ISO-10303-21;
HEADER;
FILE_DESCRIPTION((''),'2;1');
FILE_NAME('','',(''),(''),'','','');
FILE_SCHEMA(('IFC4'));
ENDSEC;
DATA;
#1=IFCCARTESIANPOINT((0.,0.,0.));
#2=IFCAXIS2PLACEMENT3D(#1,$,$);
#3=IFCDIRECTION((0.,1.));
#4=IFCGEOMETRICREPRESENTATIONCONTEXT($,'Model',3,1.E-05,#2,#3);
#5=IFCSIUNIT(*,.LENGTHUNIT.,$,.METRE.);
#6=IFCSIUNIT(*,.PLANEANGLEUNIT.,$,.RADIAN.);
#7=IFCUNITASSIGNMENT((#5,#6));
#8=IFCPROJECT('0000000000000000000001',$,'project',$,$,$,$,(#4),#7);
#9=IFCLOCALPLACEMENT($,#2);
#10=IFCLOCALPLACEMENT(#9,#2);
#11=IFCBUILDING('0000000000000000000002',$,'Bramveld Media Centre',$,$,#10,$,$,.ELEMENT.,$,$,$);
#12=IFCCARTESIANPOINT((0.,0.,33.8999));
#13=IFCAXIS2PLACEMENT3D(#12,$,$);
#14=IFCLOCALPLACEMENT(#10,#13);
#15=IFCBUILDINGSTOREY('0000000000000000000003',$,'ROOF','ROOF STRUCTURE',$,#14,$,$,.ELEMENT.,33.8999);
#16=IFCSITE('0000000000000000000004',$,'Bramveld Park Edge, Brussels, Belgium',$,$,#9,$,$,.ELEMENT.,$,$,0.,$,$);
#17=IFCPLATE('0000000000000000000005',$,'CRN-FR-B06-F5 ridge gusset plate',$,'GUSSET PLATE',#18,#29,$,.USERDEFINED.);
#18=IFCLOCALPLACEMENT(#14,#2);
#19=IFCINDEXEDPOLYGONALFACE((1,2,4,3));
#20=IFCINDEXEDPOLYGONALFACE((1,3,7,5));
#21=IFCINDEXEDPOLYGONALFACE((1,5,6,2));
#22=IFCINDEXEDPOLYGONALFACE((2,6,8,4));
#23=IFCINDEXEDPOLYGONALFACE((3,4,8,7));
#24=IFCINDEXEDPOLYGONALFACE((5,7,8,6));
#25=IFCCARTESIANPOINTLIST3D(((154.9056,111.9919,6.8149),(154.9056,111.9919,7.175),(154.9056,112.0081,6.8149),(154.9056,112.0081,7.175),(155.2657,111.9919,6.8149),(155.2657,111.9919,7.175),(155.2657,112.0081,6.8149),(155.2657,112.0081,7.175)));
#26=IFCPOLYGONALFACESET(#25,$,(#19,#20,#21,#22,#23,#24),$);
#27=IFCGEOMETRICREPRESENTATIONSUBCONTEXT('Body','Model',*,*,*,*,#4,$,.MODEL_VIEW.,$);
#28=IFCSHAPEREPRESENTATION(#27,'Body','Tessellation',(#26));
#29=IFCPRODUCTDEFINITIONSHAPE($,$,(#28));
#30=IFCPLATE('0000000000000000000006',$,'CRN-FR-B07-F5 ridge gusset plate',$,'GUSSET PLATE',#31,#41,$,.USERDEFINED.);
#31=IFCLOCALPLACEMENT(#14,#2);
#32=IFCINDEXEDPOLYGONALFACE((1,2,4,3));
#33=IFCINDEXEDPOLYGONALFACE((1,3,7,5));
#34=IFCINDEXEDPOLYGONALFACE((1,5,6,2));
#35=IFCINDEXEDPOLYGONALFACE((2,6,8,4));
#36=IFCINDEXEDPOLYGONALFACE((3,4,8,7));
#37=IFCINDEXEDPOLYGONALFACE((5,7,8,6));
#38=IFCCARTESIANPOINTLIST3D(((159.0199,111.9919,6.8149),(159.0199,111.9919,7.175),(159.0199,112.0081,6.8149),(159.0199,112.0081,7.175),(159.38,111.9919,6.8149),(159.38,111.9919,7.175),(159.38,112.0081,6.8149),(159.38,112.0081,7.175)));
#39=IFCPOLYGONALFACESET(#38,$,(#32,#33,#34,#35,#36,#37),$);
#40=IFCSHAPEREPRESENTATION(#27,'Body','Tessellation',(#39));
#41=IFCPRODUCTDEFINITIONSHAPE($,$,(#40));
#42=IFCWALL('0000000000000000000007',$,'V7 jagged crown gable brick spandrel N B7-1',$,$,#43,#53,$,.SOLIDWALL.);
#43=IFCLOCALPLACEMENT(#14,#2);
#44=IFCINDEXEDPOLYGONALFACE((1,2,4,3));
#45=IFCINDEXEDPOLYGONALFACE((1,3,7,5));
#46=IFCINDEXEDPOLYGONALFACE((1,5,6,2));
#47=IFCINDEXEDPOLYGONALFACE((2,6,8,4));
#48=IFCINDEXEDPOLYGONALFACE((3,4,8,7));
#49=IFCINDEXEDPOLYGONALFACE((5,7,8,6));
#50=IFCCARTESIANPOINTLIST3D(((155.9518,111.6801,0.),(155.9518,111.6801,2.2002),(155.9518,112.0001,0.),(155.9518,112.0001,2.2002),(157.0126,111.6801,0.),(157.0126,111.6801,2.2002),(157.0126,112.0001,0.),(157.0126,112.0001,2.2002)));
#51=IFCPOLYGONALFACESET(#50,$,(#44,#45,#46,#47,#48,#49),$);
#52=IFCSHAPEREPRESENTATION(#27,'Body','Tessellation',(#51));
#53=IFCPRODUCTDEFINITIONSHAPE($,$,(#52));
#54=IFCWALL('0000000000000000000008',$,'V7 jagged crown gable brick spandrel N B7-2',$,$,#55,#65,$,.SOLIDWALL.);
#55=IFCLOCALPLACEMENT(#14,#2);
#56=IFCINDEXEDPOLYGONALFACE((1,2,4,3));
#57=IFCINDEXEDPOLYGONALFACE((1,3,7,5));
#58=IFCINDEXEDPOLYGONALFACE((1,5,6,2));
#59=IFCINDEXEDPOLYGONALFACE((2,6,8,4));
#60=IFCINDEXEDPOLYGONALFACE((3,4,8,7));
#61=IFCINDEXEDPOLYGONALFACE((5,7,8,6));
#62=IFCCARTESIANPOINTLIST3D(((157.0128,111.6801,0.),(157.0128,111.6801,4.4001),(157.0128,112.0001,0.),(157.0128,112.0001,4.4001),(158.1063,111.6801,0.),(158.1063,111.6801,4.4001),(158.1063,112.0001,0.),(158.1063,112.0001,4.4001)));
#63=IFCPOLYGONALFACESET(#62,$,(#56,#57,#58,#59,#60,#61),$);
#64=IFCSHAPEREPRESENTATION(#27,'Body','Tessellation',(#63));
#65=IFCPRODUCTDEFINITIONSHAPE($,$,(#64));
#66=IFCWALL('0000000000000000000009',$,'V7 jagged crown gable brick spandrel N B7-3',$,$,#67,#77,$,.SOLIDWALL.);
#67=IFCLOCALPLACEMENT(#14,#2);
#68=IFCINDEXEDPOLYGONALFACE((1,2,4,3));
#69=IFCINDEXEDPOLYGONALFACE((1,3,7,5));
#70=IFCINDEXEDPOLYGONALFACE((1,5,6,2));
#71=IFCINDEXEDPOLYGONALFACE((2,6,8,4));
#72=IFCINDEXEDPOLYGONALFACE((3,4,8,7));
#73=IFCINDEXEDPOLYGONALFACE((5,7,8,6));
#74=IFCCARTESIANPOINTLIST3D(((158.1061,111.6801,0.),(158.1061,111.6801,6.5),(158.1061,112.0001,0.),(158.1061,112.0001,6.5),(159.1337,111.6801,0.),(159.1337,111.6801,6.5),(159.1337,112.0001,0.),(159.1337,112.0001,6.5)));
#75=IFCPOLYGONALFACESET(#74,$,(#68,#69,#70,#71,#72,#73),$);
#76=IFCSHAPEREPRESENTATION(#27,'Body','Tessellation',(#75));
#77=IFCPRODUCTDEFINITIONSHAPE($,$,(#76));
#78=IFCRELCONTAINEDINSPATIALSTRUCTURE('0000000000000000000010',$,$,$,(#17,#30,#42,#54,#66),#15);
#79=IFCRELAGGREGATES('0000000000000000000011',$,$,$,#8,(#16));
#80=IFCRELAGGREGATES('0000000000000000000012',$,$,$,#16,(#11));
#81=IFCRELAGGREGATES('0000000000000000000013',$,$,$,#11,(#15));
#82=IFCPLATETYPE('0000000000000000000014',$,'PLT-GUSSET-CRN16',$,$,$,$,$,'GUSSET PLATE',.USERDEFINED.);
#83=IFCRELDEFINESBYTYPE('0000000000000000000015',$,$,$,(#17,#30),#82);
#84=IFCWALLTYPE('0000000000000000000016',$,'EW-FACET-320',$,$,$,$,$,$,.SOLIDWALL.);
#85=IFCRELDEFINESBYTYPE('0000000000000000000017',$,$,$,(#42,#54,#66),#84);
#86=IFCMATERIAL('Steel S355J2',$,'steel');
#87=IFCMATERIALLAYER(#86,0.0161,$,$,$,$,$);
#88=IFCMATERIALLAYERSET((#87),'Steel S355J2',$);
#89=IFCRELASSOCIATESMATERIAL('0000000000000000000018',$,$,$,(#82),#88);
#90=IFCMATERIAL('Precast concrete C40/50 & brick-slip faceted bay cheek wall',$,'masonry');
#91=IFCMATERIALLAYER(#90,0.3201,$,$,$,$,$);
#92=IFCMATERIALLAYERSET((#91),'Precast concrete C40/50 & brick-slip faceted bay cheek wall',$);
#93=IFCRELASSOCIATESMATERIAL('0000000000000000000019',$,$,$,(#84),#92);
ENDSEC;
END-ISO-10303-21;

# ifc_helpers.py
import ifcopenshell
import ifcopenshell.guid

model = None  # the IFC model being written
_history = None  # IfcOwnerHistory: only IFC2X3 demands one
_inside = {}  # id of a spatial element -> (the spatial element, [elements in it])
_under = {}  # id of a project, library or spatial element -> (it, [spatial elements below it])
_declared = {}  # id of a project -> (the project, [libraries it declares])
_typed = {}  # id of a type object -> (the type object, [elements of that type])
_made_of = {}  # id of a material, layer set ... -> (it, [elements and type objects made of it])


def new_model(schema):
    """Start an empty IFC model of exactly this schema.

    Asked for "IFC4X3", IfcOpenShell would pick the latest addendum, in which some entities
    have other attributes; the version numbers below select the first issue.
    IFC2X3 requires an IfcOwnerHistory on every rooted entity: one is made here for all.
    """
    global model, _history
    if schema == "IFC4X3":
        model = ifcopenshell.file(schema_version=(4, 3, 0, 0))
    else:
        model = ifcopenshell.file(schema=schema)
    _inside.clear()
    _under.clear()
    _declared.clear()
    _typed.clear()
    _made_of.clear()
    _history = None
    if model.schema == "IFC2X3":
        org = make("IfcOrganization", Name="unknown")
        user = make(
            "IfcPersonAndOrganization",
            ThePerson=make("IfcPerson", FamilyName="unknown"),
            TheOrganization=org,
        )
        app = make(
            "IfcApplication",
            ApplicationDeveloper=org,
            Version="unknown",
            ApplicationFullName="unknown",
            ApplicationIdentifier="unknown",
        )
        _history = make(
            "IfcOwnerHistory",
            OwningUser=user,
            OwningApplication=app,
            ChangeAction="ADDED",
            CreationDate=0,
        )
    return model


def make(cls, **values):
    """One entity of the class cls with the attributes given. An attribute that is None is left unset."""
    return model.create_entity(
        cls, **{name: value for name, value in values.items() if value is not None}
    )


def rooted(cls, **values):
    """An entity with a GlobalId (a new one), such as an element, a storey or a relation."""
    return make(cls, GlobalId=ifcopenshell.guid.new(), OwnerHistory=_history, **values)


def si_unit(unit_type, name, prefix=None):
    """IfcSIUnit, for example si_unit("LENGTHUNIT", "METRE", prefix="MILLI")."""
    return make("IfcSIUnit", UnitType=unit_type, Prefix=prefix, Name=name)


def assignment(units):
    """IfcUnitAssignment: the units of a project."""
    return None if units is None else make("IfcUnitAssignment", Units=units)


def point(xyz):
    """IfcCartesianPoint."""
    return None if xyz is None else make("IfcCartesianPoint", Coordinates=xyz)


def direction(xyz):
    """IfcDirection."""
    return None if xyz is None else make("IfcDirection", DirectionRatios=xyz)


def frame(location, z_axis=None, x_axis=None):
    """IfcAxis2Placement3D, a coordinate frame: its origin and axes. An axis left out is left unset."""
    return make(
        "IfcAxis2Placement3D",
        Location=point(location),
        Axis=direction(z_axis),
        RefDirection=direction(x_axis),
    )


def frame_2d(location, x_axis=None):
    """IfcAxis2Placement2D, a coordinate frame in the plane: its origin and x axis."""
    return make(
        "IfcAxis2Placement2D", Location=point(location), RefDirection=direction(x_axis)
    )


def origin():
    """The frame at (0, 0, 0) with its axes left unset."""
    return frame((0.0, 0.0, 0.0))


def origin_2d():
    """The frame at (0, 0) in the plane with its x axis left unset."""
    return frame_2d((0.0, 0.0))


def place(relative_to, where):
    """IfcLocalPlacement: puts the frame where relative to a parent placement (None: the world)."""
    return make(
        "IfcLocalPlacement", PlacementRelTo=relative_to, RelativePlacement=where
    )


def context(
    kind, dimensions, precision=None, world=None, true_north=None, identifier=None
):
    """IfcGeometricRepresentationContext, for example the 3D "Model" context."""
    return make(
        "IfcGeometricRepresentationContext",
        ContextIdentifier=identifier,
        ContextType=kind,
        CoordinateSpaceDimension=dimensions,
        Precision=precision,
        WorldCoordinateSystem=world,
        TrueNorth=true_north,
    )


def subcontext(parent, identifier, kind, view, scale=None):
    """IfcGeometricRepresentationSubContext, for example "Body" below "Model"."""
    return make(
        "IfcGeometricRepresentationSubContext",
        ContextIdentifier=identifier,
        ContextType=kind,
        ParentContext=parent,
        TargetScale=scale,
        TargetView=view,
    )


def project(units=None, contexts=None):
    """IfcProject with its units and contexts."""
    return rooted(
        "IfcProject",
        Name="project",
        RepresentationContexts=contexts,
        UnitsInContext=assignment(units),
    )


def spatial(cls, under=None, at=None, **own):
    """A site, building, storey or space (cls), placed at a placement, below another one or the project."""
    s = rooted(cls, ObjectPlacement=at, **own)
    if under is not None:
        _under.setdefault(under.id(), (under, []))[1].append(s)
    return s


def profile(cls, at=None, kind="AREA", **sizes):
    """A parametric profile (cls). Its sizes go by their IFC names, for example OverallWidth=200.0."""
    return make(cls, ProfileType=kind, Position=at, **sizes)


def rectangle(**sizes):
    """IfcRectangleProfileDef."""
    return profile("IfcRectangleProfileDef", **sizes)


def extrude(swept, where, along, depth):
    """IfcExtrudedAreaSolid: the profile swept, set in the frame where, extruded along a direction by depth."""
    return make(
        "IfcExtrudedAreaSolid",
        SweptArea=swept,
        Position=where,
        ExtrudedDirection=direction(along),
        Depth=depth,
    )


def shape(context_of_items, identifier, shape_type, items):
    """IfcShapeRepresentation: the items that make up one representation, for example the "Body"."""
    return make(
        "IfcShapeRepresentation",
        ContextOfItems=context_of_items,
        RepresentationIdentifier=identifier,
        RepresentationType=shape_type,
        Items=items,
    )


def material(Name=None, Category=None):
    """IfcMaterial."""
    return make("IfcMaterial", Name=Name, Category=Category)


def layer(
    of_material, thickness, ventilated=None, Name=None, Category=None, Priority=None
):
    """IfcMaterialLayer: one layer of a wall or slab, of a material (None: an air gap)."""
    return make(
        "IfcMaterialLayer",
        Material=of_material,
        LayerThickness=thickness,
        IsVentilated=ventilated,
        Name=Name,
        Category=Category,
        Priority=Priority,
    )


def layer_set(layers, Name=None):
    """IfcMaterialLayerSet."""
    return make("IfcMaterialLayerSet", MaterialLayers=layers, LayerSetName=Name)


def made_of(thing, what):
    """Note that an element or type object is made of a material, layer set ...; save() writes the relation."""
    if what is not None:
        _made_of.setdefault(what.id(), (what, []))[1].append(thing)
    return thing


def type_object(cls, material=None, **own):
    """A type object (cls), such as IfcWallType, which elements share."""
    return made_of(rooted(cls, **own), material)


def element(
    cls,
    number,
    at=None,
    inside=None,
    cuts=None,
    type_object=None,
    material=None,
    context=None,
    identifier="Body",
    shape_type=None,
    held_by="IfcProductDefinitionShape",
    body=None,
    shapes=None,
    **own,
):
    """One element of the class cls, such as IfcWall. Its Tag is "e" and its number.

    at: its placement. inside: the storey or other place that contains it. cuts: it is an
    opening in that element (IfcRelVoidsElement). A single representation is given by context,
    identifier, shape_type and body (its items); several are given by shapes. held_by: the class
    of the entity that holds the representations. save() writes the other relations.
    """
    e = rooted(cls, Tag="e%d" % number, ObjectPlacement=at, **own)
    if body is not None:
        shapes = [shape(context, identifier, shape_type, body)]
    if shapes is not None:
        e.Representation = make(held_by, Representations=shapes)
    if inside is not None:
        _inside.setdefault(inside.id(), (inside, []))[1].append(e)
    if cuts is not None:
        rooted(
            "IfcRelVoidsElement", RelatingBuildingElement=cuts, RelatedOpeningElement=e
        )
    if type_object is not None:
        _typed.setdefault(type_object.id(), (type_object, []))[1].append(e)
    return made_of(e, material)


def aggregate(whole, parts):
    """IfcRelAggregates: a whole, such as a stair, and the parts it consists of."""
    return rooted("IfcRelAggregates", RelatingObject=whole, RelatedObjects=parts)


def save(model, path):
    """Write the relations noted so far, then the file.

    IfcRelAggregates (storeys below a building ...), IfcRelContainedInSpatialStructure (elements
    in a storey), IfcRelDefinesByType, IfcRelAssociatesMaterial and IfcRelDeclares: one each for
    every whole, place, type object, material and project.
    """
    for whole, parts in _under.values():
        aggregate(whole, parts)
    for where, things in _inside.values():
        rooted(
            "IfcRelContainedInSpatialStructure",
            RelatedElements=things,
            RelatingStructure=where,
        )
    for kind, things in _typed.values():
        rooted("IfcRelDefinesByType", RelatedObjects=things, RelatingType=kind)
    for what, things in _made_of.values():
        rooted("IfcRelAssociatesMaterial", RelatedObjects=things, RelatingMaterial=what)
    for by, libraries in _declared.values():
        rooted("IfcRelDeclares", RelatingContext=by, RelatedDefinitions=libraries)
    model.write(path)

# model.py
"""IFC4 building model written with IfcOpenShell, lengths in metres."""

from ifc_helpers import new_model, si_unit, direction, frame, frame_2d, origin, origin_2d, place, context, subcontext, project, spatial, rectangle, extrude, material, layer, layer_set, type_object, element, save


model = new_model("IFC4")

# Units and contexts
model_context = context("Model", 3, precision=1e-05, world=origin(), true_north=direction((0.0, 1.0)))
body_context = subcontext(model_context, "Body", "Model", "MODEL_VIEW")
ifc_project = project(units=[si_unit("LENGTHUNIT", "METRE"), si_unit("PLANEANGLEUNIT", "RADIAN")], contexts=[model_context])

# Site, building, storey
site_placement = place(None, origin())
site = spatial("IfcSite", under=ifc_project, at=site_placement, Name="Bramveld Park Edge, Brussels, Belgium", CompositionType="ELEMENT", RefElevation=0.0)
building_placement = place(site_placement, origin())
building = spatial("IfcBuilding", under=site, at=building_placement, Name="Bramveld Media Centre", CompositionType="ELEMENT")
storey_placement = place(building_placement, frame((0.0, 0.0, 33.8999)))
storey = spatial("IfcBuildingStorey", under=building, at=storey_placement, Name="ROOF", Description="ROOF STRUCTURE", CompositionType="ELEMENT", Elevation=33.8999)

# Plates
ifc_material_1 = material(Name="Steel S355J2", Category="steel")
ifc_layer_1 = layer(ifc_material_1, 0.0161)
ifc_layer_set_1 = layer_set([ifc_layer_1], Name="Steel S355J2")
plate_type_1 = type_object("IfcPlateType", Name="PLT-GUSSET-CRN16", ElementType="GUSSET PLATE", PredefinedType="USERDEFINED", material=ifc_layer_set_1)
for number, where, z_axis, x_axis, name in (
    (1, (155.0857, 112.0, 6.8149), (0.0, 0.0, 1.0), (1.0, 0.0, 0.0), "CRN-FR-B06-F5 ridge gusset plate"),
    (2, (159.2, 112.0, 6.8149), (0.0, 0.0, 1.0), (1.0, 0.0, 0.0), "CRN-FR-B07-F5 ridge gusset plate"),
):
    element("IfcPlate", number, at=place(storey_placement, frame(where, z_axis=z_axis, x_axis=x_axis)), inside=storey, type_object=plate_type_1, Name=name, ObjectType="GUSSET PLATE", PredefinedType="USERDEFINED", context=body_context, shape_type="SweptSolid", body=[
        extrude(rectangle(XDim=0.3601, YDim=0.0161, at=origin_2d()), origin(), (0.0, 0.0, 1.0), 0.3601),
    ])

# Walls
ifc_material_2 = material(Name="Precast concrete C40/50 & brick-slip faceted bay cheek wall", Category="masonry")
ifc_layer_2 = layer(ifc_material_2, 0.3201)
ifc_layer_set_2 = layer_set([ifc_layer_2], Name="Precast concrete C40/50 & brick-slip faceted bay cheek wall")
wall_type = type_object("IfcWallType", Name="EW-FACET-320", PredefinedType="SOLIDWALL", material=ifc_layer_set_2)
wall_1_placement = place(storey_placement, frame((155.9519, 111.8401, 0.0), z_axis=(0.0, 0.0, 1.0), x_axis=(1.0, 0.0, 0.0)))
element("IfcWall", 3, at=wall_1_placement, inside=storey, type_object=wall_type, Name="V7 jagged crown gable brick spandrel N B7-1", PredefinedType="SOLIDWALL", context=body_context, shape_type="SweptSolid", body=[
    extrude(rectangle(XDim=1.0608, YDim=0.3201, at=frame_2d((0.5303, 0.0))), origin(), (0.0, 0.0, 1.0), 2.2002),
])
wall_2_placement = place(storey_placement, frame((157.0127, 111.8401, 0.0), z_axis=(0.0, 0.0, 1.0), x_axis=(1.0, 0.0, 0.0)))
element("IfcWall", 4, at=wall_2_placement, inside=storey, type_object=wall_type, Name="V7 jagged crown gable brick spandrel N B7-2", PredefinedType="SOLIDWALL", context=body_context, shape_type="SweptSolid", body=[
    extrude(rectangle(XDim=1.0935, YDim=0.3201, at=frame_2d((0.5469, 0.0))), origin(), (0.0, 0.0, 1.0), 4.4001),
])
wall_3_placement = place(storey_placement, frame((158.1062, 111.8401, 0.0), z_axis=(0.0, 0.0, 1.0), x_axis=(1.0, 0.0, 0.0)))
element("IfcWall", 5, at=wall_3_placement, inside=storey, type_object=wall_type, Name="V7 jagged crown gable brick spandrel N B7-3", PredefinedType="SOLIDWALL", context=body_context, shape_type="SweptSolid", body=[
    extrude(rectangle(XDim=1.0276, YDim=0.3201, at=frame_2d((0.5137, 0.0))), origin(), (0.0, 0.0, 1.0), 6.5),
])

save(model, "model.ifc")
